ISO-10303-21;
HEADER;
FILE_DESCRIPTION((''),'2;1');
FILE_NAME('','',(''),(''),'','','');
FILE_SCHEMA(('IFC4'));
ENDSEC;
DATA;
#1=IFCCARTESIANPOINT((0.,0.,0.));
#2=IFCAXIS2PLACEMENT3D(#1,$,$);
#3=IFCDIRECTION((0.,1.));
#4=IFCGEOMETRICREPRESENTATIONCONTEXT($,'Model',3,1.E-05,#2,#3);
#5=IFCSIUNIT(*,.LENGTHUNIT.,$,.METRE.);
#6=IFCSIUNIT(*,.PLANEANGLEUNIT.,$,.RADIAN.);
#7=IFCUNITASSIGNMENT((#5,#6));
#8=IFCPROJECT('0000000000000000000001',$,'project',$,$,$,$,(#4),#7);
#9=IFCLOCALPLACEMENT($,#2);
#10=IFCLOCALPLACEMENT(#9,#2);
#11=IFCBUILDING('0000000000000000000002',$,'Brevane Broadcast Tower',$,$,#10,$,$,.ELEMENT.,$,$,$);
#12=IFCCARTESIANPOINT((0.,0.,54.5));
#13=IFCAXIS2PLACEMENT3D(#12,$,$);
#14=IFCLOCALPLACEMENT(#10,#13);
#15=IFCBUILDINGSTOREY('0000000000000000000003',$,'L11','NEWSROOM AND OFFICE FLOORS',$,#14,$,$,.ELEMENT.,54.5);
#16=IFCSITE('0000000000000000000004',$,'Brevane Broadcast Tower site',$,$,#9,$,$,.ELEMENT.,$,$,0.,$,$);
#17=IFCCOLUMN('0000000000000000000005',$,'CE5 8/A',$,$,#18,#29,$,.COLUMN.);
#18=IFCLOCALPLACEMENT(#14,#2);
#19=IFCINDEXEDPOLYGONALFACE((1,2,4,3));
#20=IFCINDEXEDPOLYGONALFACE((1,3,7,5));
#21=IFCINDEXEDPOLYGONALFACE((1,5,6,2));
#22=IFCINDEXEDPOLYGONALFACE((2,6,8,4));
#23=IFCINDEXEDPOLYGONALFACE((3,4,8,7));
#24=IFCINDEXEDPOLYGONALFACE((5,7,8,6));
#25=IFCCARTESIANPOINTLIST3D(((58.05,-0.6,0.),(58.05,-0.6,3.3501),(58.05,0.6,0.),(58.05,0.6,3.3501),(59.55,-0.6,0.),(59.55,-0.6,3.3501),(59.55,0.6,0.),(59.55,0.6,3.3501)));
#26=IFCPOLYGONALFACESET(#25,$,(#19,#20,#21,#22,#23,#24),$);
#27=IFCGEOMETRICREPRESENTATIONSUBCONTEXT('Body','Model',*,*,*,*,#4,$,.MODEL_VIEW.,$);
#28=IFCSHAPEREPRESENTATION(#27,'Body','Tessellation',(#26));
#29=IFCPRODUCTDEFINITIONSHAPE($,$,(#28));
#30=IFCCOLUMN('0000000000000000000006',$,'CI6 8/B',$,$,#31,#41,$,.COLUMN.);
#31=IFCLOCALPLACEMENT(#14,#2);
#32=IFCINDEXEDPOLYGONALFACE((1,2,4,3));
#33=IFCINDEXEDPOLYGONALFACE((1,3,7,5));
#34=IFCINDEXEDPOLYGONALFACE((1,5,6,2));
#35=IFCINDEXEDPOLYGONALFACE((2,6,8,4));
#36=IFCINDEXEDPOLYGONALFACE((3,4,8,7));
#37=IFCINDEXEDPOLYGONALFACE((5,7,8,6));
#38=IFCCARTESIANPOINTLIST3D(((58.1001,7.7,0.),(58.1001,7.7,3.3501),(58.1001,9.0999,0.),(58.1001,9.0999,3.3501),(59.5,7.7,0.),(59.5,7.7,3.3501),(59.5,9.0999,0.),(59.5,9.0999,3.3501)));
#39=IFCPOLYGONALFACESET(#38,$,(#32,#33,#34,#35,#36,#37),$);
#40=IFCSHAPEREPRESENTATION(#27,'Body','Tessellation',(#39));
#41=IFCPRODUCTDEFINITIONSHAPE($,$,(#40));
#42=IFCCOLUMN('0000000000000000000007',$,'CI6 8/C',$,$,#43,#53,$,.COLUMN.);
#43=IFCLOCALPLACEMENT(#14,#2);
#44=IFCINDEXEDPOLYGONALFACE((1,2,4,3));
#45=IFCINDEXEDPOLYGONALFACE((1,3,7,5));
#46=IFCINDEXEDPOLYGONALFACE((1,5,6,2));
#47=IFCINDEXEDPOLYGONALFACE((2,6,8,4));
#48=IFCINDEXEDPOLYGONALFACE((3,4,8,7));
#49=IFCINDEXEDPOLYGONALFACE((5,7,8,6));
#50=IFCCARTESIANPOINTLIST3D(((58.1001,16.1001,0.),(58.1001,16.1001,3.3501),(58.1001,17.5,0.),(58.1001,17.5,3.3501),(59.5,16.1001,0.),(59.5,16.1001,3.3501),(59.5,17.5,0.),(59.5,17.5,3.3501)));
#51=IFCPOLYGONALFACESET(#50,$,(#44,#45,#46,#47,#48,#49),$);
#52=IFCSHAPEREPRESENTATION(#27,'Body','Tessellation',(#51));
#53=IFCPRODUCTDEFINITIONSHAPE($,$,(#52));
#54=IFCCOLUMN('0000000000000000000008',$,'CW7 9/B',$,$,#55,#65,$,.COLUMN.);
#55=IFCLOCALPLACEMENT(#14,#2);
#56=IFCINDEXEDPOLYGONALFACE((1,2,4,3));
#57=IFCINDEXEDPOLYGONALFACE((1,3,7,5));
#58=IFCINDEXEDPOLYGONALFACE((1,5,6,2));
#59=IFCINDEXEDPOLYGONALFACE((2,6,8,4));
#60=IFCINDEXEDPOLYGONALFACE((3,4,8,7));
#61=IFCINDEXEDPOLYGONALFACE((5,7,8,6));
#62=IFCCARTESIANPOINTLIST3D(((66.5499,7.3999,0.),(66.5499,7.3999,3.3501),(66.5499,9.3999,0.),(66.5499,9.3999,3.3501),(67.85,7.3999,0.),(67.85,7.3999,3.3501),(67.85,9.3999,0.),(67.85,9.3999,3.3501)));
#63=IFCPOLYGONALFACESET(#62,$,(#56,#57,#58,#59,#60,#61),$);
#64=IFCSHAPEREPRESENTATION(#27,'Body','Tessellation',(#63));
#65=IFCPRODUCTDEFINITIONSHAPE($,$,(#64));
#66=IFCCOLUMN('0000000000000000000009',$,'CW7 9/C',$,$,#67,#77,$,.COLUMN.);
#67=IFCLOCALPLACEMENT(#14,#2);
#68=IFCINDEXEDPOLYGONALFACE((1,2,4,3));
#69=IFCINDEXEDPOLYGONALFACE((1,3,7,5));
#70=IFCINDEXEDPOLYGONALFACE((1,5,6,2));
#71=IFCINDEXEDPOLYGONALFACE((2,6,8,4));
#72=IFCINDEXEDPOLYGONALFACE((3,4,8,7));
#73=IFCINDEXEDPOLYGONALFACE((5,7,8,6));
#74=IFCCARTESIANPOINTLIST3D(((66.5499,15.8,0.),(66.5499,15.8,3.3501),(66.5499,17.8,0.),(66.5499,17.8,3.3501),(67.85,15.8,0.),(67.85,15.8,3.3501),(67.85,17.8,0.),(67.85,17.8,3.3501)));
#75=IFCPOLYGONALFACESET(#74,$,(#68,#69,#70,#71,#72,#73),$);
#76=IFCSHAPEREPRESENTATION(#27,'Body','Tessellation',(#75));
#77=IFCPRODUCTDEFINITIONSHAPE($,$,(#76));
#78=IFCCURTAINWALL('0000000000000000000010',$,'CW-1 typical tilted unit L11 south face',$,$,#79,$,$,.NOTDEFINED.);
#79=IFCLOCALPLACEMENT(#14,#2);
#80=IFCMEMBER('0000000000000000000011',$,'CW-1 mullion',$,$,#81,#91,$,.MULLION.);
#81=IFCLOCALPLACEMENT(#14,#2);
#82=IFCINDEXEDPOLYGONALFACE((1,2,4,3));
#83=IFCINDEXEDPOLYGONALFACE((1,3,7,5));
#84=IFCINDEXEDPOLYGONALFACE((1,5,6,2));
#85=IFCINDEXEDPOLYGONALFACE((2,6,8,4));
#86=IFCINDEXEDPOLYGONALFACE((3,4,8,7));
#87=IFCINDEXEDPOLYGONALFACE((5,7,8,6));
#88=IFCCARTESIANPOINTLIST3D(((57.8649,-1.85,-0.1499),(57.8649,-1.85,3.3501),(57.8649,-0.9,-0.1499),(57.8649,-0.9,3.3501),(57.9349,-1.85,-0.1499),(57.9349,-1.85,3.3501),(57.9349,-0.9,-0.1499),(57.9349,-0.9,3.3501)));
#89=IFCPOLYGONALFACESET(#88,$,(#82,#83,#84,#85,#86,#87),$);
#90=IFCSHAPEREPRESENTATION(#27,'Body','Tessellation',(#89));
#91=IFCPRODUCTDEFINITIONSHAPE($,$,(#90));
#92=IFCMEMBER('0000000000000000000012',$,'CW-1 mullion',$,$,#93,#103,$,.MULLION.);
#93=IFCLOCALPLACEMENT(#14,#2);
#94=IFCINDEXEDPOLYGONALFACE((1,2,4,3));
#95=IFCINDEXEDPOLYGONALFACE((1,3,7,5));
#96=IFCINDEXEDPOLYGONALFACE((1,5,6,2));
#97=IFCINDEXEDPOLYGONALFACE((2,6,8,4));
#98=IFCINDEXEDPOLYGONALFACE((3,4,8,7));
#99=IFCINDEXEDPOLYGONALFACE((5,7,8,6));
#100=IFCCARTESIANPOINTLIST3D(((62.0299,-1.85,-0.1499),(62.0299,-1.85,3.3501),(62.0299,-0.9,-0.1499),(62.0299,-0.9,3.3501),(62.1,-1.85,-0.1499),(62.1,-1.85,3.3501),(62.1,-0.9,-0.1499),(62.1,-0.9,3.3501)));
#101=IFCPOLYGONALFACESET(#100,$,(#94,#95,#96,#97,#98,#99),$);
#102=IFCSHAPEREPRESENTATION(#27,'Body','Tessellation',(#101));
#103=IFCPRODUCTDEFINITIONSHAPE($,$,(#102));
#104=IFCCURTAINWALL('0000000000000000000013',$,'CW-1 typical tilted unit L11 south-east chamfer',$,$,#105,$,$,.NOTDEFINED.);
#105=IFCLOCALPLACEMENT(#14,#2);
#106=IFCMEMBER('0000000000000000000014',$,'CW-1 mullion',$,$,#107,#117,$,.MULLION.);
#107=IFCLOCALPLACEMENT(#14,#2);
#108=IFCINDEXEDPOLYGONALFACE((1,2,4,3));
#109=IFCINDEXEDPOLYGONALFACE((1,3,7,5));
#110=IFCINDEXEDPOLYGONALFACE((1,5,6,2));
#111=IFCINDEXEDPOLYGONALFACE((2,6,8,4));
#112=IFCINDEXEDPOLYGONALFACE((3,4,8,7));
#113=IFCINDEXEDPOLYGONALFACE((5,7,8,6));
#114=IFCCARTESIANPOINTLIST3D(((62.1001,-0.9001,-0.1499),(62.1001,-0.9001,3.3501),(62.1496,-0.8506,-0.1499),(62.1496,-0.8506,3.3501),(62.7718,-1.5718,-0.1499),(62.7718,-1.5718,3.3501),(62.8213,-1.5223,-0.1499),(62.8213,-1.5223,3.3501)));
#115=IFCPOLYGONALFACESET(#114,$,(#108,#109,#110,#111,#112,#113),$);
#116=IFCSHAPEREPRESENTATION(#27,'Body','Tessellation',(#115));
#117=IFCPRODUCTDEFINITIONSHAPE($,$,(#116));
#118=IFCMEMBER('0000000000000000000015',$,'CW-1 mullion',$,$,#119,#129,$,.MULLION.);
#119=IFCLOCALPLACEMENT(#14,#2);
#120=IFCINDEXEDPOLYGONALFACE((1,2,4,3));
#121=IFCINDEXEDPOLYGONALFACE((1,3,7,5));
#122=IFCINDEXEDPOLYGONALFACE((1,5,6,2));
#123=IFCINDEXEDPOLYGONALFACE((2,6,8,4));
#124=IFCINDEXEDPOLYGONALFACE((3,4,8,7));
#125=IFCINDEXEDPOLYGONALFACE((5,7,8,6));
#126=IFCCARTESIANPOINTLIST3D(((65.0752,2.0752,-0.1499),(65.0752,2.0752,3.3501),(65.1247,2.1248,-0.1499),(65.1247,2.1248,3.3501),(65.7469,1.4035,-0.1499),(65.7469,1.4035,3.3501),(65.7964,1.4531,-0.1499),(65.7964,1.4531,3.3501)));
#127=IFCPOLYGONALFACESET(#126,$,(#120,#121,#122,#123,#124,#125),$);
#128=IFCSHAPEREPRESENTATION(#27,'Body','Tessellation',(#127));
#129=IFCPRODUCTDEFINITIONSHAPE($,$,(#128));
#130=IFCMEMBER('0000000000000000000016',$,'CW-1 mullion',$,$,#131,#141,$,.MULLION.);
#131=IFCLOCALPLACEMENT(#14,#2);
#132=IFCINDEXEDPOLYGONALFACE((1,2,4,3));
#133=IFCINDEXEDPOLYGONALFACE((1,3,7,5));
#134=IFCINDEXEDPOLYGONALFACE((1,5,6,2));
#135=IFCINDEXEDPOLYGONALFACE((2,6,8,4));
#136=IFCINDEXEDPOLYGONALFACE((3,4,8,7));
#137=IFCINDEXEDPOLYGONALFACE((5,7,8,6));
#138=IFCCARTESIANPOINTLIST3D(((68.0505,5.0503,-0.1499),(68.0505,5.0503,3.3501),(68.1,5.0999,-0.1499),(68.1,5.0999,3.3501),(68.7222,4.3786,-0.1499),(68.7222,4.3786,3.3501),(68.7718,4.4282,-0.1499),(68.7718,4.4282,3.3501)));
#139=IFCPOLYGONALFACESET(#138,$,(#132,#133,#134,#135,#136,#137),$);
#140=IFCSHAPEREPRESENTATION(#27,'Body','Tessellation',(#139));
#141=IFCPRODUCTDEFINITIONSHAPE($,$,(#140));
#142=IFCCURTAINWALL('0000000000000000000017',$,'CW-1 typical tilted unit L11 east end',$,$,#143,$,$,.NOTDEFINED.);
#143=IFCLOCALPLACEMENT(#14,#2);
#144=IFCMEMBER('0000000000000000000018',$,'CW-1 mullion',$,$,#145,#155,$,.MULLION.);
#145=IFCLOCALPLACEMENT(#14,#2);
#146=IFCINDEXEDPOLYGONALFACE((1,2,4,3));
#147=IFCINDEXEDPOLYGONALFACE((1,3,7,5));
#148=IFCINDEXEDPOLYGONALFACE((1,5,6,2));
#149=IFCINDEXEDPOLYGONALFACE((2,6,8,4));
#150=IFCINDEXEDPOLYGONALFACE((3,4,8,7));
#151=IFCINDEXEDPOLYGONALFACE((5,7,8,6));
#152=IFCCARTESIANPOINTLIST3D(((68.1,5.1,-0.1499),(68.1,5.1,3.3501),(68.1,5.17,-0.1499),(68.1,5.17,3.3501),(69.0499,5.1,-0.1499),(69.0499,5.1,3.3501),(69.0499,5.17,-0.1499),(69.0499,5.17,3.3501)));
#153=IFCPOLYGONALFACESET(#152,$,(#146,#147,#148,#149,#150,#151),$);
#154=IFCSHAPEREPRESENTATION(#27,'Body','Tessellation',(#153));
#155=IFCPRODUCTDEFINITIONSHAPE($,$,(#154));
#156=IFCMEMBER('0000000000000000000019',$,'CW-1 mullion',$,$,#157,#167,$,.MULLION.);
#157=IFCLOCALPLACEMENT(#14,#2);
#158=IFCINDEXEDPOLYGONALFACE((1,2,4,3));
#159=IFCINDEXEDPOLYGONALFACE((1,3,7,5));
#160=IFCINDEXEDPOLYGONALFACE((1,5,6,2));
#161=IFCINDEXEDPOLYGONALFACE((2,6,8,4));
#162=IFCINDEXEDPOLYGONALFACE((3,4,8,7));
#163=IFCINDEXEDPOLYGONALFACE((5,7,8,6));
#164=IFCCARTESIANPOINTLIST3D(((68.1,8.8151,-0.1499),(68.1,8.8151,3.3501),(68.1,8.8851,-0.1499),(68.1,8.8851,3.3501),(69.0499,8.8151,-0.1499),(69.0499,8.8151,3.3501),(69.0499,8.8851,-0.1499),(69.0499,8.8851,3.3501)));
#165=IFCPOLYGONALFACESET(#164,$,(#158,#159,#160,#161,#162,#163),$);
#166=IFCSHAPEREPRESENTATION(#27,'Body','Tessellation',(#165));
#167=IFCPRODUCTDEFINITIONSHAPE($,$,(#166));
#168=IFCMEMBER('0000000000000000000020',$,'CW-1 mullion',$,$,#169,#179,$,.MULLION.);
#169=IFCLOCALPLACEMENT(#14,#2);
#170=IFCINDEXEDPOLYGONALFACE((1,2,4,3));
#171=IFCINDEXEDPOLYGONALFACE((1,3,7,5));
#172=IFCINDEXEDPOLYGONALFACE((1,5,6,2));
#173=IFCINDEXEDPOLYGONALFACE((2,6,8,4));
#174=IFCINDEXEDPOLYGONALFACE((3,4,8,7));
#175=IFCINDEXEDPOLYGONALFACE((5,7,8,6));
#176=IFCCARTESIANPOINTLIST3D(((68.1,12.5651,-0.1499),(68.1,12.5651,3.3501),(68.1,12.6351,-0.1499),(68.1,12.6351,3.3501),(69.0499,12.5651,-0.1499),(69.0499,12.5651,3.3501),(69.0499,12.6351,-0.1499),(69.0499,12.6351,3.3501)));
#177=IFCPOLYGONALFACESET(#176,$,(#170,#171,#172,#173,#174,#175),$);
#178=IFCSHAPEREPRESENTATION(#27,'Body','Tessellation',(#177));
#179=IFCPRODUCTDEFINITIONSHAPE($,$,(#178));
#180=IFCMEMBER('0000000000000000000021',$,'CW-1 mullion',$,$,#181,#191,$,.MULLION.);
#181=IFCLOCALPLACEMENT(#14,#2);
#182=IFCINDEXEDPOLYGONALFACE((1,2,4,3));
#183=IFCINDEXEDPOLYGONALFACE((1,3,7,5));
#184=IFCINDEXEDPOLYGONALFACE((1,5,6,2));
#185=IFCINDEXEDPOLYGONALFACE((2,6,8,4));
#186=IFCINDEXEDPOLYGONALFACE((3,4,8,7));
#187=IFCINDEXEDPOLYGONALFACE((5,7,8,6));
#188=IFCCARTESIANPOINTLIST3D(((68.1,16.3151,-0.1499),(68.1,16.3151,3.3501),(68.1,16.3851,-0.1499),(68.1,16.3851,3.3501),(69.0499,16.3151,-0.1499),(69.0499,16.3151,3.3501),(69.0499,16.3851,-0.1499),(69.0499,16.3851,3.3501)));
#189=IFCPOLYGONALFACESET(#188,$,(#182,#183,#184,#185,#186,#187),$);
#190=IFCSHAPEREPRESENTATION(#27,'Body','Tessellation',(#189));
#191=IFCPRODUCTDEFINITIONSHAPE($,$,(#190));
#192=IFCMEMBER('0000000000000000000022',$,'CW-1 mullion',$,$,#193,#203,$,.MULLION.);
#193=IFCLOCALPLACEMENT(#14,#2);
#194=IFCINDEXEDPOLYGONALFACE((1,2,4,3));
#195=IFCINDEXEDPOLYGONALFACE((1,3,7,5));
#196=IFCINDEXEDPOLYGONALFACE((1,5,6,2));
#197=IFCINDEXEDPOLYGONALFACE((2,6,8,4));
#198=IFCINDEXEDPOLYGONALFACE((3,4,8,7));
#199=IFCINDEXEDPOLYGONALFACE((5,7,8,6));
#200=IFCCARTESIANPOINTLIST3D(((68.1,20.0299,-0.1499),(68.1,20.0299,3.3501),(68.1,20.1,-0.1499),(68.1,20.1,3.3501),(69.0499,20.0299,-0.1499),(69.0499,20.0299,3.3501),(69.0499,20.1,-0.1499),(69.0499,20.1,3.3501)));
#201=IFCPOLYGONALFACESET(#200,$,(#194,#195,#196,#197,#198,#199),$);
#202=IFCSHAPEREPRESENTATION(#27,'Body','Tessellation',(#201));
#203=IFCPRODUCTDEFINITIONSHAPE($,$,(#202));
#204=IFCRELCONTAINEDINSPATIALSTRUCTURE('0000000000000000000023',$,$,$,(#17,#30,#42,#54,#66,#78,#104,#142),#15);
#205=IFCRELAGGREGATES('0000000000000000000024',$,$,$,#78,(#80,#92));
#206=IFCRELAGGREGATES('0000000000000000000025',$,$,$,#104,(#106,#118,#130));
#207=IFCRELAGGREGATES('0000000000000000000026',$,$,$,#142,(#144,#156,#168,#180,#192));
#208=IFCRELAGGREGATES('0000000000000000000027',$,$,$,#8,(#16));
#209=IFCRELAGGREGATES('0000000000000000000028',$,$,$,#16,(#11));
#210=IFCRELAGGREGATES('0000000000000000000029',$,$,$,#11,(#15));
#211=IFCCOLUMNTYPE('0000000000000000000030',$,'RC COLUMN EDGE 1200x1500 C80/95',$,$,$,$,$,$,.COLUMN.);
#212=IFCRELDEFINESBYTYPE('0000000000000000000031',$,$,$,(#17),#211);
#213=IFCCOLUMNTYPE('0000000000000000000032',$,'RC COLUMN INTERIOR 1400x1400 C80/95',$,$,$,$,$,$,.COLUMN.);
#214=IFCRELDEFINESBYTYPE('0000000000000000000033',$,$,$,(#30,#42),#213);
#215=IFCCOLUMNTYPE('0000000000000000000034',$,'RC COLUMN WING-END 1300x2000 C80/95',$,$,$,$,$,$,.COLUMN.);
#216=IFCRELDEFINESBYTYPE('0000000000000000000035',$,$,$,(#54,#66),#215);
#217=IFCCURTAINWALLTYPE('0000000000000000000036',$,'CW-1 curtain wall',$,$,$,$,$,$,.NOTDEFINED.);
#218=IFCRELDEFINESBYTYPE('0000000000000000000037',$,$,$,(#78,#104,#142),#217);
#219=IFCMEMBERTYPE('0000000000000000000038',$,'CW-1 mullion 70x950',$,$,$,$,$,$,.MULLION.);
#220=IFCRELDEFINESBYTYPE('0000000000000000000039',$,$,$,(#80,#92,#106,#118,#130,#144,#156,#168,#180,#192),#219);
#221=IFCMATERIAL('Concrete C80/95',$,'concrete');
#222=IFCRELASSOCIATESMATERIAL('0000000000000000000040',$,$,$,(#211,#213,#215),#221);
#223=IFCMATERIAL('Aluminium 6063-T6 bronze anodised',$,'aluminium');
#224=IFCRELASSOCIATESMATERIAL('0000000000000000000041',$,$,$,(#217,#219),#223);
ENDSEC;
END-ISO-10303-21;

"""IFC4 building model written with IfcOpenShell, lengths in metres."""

from ifc_helpers import new_model, si_unit, direction, frame, origin, origin_2d, place, context, subcontext, project, spatial, rectangle, extrude, material, material_profile, profile_set, type_object, element, aggregate, save


model = new_model("IFC4")

# Units and contexts
model_context = context("Model", 3, precision=1e-05, world=origin(), true_north=direction((0.0, 1.0)))
body_context = subcontext(model_context, "Body", "Model", "MODEL_VIEW")
ifc_project = project(units=[si_unit("LENGTHUNIT", "METRE"), si_unit("PLANEANGLEUNIT", "RADIAN")], contexts=[model_context])

# Site, building, storey
site_placement = place(None, origin())
site = spatial("IfcSite", under=ifc_project, at=site_placement, Name="Brevane Broadcast Tower site", CompositionType="ELEMENT", RefElevation=0.0)
building_placement = place(site_placement, origin())
building = spatial("IfcBuilding", under=site, at=building_placement, Name="Brevane Broadcast Tower", CompositionType="ELEMENT")
storey_placement = place(building_placement, frame((0.0, 0.0, 54.5)))
storey = spatial("IfcBuildingStorey", under=building, at=storey_placement, Name="L11", Description="NEWSROOM AND OFFICE FLOORS", CompositionType="ELEMENT", Elevation=54.5)

# Columns
ifc_material_1 = material(Name="Concrete C80/95", Category="concrete")
ifc_material_profile_1 = material_profile(ifc_material_1, rectangle(XDim=1.2, YDim=1.5, at=origin_2d()), Name="RC 1200x1500")
ifc_profile_set_1 = profile_set([ifc_material_profile_1], Name="Concrete C80/95")
column_type_1 = type_object("IfcColumnType", Name="RC COLUMN EDGE 1200x1500 C80/95", PredefinedType="COLUMN", material=ifc_profile_set_1)
column_placement = place(storey_placement, frame((58.8, 0.0, 0.0), z_axis=(0.0, 0.0, 1.0), x_axis=(0.0, 1.0, 0.0)))
element("IfcColumn", 1, at=column_placement, inside=storey, type_object=column_type_1, Name="CE5 8/A", PredefinedType="COLUMN", context=body_context, shape_type="SweptSolid", body=[
    extrude(rectangle(XDim=1.2, YDim=1.5, at=origin_2d()), origin(), (0.0, 0.0, 1.0), 3.3501),
])
ifc_material_profile_2 = material_profile(ifc_material_1, rectangle(XDim=1.3999, YDim=1.3999, at=origin_2d()), Name="RC 1400x1400")
ifc_profile_set_2 = profile_set([ifc_material_profile_2], Name="Concrete C80/95")
column_type_2 = type_object("IfcColumnType", Name="RC COLUMN INTERIOR 1400x1400 C80/95", PredefinedType="COLUMN", material=ifc_profile_set_2)
for number, where, z_axis, x_axis, name in (
    (2, (58.8, 8.3999, 0.0), (0.0, 0.0, 1.0), (1.0, 0.0, 0.0), "CI6 8/B"),
    (3, (58.8, 16.8, 0.0), (0.0, 0.0, 1.0), (1.0, 0.0, 0.0), "CI6 8/C"),
):
    element("IfcColumn", number, at=place(storey_placement, frame(where, z_axis=z_axis, x_axis=x_axis)), inside=storey, type_object=column_type_2, Name=name, PredefinedType="COLUMN", context=body_context, shape_type="SweptSolid", body=[
        extrude(rectangle(XDim=1.3999, YDim=1.3999, at=origin_2d()), origin(), (0.0, 0.0, 1.0), 3.3501),
    ])
ifc_material_profile_3 = material_profile(ifc_material_1, rectangle(XDim=1.3, YDim=2.0, at=origin_2d()), Name="RC 1300x2000")
ifc_profile_set_3 = profile_set([ifc_material_profile_3], Name="Concrete C80/95")
column_type_3 = type_object("IfcColumnType", Name="RC COLUMN WING-END 1300x2000 C80/95", PredefinedType="COLUMN", material=ifc_profile_set_3)
for number, where, z_axis, x_axis, name in (
    (4, (67.2, 8.3999, 0.0), (0.0, 0.0, 1.0), (1.0, 0.0, 0.0), "CW7 9/B"),
    (5, (67.2, 16.8, 0.0), (0.0, 0.0, 1.0), (1.0, 0.0, 0.0), "CW7 9/C"),
):
    element("IfcColumn", number, at=place(storey_placement, frame(where, z_axis=z_axis, x_axis=x_axis)), inside=storey, type_object=column_type_3, Name=name, PredefinedType="COLUMN", context=body_context, shape_type="SweptSolid", body=[
        extrude(rectangle(XDim=1.3, YDim=2.0, at=origin_2d()), origin(), (0.0, 0.0, 1.0), 3.3501),
    ])

# Curtain walls, members
ifc_material_2 = material(Name="Aluminium 6063-T6 bronze anodised", Category="aluminium")
curtain_wall_type = type_object("IfcCurtainWallType", Name="CW-1 curtain wall", PredefinedType="NOTDEFINED", material=ifc_material_2)
curtain_wall_1_placement = place(storey_placement, origin())
curtain_wall_1 = element("IfcCurtainWall", 6, at=curtain_wall_1_placement, inside=storey, type_object=curtain_wall_type, Name="CW-1 typical tilted unit L11 south face", PredefinedType="NOTDEFINED")
ifc_material_profile_4 = material_profile(ifc_material_2, rectangle(XDim=0.95, YDim=0.0701, at=origin_2d()), Name="RECT 70x950")
ifc_profile_set_4 = profile_set([ifc_material_profile_4], Name="Aluminium 6063-T6 bronze anodised")
member_type_1 = type_object("IfcMemberType", Name="CW-1 mullion 70x950", PredefinedType="MULLION", material=ifc_profile_set_4)
member_1_placement = place(storey_placement, frame((57.8999, -1.375, -0.1499), z_axis=(0.0, 0.0, 1.0), x_axis=(0.0, 1.0, 0.0)))
member_1 = element("IfcMember", 7, at=member_1_placement, type_object=member_type_1, Name="CW-1 mullion", PredefinedType="MULLION", context=body_context, shape_type="SweptSolid", body=[
    extrude(rectangle(XDim=0.95, YDim=0.0701, at=origin_2d()), origin(), (0.0, 0.0, 1.0), 3.5),
])
member_2_placement = place(storey_placement, frame((62.0649, -1.375, -0.1499), z_axis=(0.0, 0.0, 1.0), x_axis=(0.0, 1.0, 0.0)))
member_2 = element("IfcMember", 8, at=member_2_placement, type_object=member_type_1, Name="CW-1 mullion", PredefinedType="MULLION", context=body_context, shape_type="SweptSolid", body=[
    extrude(rectangle(XDim=0.95, YDim=0.0701, at=origin_2d()), origin(), (0.0, 0.0, 1.0), 3.5),
])
aggregate(curtain_wall_1, [member_1, member_2])
curtain_wall_2_placement = place(storey_placement, origin())
curtain_wall_2 = element("IfcCurtainWall", 9, at=curtain_wall_2_placement, inside=storey, type_object=curtain_wall_type, Name="CW-1 typical tilted unit L11 south-east chamfer", PredefinedType="NOTDEFINED")
member_3_placement = place(storey_placement, frame((62.4607, -1.2112, -0.1499), z_axis=(0.0, 0.0, 1.0), x_axis=(-0.707107, 0.707107, 0.0)))
member_3 = element("IfcMember", 10, at=member_3_placement, type_object=member_type_1, Name="CW-1 mullion", PredefinedType="MULLION", context=body_context, shape_type="SweptSolid", body=[
    extrude(rectangle(XDim=0.95, YDim=0.0701, at=origin_2d()), origin(), (0.0, 0.0, 1.0), 3.5),
])
member_4_placement = place(storey_placement, frame((65.4358, 1.7642, -0.1499), z_axis=(0.0, 0.0, 1.0), x_axis=(-0.707107, 0.707107, 0.0)))
member_4 = element("IfcMember", 11, at=member_4_placement, type_object=member_type_1, Name="CW-1 mullion", PredefinedType="MULLION", context=body_context, shape_type="SweptSolid", body=[
    extrude(rectangle(XDim=0.95, YDim=0.0701, at=origin_2d()), origin(), (0.0, 0.0, 1.0), 3.5),
])
member_5_placement = place(storey_placement, frame((68.4111, 4.7393, -0.1499), z_axis=(0.0, 0.0, 1.0), x_axis=(-0.707107, 0.707107, 0.0)))
member_5 = element("IfcMember", 12, at=member_5_placement, type_object=member_type_1, Name="CW-1 mullion", PredefinedType="MULLION", context=body_context, shape_type="SweptSolid", body=[
    extrude(rectangle(XDim=0.95, YDim=0.0701, at=origin_2d()), origin(), (0.0, 0.0, 1.0), 3.5),
])
curtain_wall_3_placement = place(storey_placement, origin())
curtain_wall_3 = element("IfcCurtainWall", 13, at=curtain_wall_3_placement, inside=storey, type_object=curtain_wall_type, Name="CW-1 typical tilted unit L11 east end", PredefinedType="NOTDEFINED")
member_6_placement = place(storey_placement, frame((68.575, 5.135, -0.1499), z_axis=(0.0, 0.0, 1.0), x_axis=(-1.0, 0.0, 0.0)))
member_6 = element("IfcMember", 14, at=member_6_placement, type_object=member_type_1, Name="CW-1 mullion", PredefinedType="MULLION", context=body_context, shape_type="SweptSolid", body=[
    extrude(rectangle(XDim=0.95, YDim=0.0701, at=origin_2d()), origin(), (0.0, 0.0, 1.0), 3.5),
])
member_7_placement = place(storey_placement, frame((68.575, 8.8501, -0.1499), z_axis=(0.0, 0.0, 1.0), x_axis=(-1.0, 0.0, 0.0)))
member_7 = element("IfcMember", 15, at=member_7_placement, type_object=member_type_1, Name="CW-1 mullion", PredefinedType="MULLION", context=body_context, shape_type="SweptSolid", body=[
    extrude(rectangle(XDim=0.95, YDim=0.0701, at=origin_2d()), origin(), (0.0, 0.0, 1.0), 3.5),
])
member_8_placement = place(storey_placement, frame((68.575, 12.6001, -0.1499), z_axis=(0.0, 0.0, 1.0), x_axis=(-1.0, 0.0, 0.0)))
member_8 = element("IfcMember", 16, at=member_8_placement, type_object=member_type_1, Name="CW-1 mullion", PredefinedType="MULLION", context=body_context, shape_type="SweptSolid", body=[
    extrude(rectangle(XDim=0.95, YDim=0.0701, at=origin_2d()), origin(), (0.0, 0.0, 1.0), 3.5),
])
member_9_placement = place(storey_placement, frame((68.575, 16.3501, -0.1499), z_axis=(0.0, 0.0, 1.0), x_axis=(-1.0, 0.0, 0.0)))
member_9 = element("IfcMember", 17, at=member_9_placement, type_object=member_type_1, Name="CW-1 mullion", PredefinedType="MULLION", context=body_context, shape_type="SweptSolid", body=[
    extrude(rectangle(XDim=0.95, YDim=0.0701, at=origin_2d()), origin(), (0.0, 0.0, 1.0), 3.5),
])
member_10_placement = place(storey_placement, frame((68.575, 20.0649, -0.1499), z_axis=(0.0, 0.0, 1.0), x_axis=(-1.0, 0.0, 0.0)))
member_10 = element("IfcMember", 18, at=member_10_placement, type_object=member_type_1, Name="CW-1 mullion", PredefinedType="MULLION", context=body_context, shape_type="SweptSolid", body=[
    extrude(rectangle(XDim=0.95, YDim=0.0701, at=origin_2d()), origin(), (0.0, 0.0, 1.0), 3.5),
])

aggregate(curtain_wall_2, [member_3, member_4, member_5])
aggregate(curtain_wall_3, [member_6, member_7, member_8, member_9, member_10])

save(model, "model.ifc")
